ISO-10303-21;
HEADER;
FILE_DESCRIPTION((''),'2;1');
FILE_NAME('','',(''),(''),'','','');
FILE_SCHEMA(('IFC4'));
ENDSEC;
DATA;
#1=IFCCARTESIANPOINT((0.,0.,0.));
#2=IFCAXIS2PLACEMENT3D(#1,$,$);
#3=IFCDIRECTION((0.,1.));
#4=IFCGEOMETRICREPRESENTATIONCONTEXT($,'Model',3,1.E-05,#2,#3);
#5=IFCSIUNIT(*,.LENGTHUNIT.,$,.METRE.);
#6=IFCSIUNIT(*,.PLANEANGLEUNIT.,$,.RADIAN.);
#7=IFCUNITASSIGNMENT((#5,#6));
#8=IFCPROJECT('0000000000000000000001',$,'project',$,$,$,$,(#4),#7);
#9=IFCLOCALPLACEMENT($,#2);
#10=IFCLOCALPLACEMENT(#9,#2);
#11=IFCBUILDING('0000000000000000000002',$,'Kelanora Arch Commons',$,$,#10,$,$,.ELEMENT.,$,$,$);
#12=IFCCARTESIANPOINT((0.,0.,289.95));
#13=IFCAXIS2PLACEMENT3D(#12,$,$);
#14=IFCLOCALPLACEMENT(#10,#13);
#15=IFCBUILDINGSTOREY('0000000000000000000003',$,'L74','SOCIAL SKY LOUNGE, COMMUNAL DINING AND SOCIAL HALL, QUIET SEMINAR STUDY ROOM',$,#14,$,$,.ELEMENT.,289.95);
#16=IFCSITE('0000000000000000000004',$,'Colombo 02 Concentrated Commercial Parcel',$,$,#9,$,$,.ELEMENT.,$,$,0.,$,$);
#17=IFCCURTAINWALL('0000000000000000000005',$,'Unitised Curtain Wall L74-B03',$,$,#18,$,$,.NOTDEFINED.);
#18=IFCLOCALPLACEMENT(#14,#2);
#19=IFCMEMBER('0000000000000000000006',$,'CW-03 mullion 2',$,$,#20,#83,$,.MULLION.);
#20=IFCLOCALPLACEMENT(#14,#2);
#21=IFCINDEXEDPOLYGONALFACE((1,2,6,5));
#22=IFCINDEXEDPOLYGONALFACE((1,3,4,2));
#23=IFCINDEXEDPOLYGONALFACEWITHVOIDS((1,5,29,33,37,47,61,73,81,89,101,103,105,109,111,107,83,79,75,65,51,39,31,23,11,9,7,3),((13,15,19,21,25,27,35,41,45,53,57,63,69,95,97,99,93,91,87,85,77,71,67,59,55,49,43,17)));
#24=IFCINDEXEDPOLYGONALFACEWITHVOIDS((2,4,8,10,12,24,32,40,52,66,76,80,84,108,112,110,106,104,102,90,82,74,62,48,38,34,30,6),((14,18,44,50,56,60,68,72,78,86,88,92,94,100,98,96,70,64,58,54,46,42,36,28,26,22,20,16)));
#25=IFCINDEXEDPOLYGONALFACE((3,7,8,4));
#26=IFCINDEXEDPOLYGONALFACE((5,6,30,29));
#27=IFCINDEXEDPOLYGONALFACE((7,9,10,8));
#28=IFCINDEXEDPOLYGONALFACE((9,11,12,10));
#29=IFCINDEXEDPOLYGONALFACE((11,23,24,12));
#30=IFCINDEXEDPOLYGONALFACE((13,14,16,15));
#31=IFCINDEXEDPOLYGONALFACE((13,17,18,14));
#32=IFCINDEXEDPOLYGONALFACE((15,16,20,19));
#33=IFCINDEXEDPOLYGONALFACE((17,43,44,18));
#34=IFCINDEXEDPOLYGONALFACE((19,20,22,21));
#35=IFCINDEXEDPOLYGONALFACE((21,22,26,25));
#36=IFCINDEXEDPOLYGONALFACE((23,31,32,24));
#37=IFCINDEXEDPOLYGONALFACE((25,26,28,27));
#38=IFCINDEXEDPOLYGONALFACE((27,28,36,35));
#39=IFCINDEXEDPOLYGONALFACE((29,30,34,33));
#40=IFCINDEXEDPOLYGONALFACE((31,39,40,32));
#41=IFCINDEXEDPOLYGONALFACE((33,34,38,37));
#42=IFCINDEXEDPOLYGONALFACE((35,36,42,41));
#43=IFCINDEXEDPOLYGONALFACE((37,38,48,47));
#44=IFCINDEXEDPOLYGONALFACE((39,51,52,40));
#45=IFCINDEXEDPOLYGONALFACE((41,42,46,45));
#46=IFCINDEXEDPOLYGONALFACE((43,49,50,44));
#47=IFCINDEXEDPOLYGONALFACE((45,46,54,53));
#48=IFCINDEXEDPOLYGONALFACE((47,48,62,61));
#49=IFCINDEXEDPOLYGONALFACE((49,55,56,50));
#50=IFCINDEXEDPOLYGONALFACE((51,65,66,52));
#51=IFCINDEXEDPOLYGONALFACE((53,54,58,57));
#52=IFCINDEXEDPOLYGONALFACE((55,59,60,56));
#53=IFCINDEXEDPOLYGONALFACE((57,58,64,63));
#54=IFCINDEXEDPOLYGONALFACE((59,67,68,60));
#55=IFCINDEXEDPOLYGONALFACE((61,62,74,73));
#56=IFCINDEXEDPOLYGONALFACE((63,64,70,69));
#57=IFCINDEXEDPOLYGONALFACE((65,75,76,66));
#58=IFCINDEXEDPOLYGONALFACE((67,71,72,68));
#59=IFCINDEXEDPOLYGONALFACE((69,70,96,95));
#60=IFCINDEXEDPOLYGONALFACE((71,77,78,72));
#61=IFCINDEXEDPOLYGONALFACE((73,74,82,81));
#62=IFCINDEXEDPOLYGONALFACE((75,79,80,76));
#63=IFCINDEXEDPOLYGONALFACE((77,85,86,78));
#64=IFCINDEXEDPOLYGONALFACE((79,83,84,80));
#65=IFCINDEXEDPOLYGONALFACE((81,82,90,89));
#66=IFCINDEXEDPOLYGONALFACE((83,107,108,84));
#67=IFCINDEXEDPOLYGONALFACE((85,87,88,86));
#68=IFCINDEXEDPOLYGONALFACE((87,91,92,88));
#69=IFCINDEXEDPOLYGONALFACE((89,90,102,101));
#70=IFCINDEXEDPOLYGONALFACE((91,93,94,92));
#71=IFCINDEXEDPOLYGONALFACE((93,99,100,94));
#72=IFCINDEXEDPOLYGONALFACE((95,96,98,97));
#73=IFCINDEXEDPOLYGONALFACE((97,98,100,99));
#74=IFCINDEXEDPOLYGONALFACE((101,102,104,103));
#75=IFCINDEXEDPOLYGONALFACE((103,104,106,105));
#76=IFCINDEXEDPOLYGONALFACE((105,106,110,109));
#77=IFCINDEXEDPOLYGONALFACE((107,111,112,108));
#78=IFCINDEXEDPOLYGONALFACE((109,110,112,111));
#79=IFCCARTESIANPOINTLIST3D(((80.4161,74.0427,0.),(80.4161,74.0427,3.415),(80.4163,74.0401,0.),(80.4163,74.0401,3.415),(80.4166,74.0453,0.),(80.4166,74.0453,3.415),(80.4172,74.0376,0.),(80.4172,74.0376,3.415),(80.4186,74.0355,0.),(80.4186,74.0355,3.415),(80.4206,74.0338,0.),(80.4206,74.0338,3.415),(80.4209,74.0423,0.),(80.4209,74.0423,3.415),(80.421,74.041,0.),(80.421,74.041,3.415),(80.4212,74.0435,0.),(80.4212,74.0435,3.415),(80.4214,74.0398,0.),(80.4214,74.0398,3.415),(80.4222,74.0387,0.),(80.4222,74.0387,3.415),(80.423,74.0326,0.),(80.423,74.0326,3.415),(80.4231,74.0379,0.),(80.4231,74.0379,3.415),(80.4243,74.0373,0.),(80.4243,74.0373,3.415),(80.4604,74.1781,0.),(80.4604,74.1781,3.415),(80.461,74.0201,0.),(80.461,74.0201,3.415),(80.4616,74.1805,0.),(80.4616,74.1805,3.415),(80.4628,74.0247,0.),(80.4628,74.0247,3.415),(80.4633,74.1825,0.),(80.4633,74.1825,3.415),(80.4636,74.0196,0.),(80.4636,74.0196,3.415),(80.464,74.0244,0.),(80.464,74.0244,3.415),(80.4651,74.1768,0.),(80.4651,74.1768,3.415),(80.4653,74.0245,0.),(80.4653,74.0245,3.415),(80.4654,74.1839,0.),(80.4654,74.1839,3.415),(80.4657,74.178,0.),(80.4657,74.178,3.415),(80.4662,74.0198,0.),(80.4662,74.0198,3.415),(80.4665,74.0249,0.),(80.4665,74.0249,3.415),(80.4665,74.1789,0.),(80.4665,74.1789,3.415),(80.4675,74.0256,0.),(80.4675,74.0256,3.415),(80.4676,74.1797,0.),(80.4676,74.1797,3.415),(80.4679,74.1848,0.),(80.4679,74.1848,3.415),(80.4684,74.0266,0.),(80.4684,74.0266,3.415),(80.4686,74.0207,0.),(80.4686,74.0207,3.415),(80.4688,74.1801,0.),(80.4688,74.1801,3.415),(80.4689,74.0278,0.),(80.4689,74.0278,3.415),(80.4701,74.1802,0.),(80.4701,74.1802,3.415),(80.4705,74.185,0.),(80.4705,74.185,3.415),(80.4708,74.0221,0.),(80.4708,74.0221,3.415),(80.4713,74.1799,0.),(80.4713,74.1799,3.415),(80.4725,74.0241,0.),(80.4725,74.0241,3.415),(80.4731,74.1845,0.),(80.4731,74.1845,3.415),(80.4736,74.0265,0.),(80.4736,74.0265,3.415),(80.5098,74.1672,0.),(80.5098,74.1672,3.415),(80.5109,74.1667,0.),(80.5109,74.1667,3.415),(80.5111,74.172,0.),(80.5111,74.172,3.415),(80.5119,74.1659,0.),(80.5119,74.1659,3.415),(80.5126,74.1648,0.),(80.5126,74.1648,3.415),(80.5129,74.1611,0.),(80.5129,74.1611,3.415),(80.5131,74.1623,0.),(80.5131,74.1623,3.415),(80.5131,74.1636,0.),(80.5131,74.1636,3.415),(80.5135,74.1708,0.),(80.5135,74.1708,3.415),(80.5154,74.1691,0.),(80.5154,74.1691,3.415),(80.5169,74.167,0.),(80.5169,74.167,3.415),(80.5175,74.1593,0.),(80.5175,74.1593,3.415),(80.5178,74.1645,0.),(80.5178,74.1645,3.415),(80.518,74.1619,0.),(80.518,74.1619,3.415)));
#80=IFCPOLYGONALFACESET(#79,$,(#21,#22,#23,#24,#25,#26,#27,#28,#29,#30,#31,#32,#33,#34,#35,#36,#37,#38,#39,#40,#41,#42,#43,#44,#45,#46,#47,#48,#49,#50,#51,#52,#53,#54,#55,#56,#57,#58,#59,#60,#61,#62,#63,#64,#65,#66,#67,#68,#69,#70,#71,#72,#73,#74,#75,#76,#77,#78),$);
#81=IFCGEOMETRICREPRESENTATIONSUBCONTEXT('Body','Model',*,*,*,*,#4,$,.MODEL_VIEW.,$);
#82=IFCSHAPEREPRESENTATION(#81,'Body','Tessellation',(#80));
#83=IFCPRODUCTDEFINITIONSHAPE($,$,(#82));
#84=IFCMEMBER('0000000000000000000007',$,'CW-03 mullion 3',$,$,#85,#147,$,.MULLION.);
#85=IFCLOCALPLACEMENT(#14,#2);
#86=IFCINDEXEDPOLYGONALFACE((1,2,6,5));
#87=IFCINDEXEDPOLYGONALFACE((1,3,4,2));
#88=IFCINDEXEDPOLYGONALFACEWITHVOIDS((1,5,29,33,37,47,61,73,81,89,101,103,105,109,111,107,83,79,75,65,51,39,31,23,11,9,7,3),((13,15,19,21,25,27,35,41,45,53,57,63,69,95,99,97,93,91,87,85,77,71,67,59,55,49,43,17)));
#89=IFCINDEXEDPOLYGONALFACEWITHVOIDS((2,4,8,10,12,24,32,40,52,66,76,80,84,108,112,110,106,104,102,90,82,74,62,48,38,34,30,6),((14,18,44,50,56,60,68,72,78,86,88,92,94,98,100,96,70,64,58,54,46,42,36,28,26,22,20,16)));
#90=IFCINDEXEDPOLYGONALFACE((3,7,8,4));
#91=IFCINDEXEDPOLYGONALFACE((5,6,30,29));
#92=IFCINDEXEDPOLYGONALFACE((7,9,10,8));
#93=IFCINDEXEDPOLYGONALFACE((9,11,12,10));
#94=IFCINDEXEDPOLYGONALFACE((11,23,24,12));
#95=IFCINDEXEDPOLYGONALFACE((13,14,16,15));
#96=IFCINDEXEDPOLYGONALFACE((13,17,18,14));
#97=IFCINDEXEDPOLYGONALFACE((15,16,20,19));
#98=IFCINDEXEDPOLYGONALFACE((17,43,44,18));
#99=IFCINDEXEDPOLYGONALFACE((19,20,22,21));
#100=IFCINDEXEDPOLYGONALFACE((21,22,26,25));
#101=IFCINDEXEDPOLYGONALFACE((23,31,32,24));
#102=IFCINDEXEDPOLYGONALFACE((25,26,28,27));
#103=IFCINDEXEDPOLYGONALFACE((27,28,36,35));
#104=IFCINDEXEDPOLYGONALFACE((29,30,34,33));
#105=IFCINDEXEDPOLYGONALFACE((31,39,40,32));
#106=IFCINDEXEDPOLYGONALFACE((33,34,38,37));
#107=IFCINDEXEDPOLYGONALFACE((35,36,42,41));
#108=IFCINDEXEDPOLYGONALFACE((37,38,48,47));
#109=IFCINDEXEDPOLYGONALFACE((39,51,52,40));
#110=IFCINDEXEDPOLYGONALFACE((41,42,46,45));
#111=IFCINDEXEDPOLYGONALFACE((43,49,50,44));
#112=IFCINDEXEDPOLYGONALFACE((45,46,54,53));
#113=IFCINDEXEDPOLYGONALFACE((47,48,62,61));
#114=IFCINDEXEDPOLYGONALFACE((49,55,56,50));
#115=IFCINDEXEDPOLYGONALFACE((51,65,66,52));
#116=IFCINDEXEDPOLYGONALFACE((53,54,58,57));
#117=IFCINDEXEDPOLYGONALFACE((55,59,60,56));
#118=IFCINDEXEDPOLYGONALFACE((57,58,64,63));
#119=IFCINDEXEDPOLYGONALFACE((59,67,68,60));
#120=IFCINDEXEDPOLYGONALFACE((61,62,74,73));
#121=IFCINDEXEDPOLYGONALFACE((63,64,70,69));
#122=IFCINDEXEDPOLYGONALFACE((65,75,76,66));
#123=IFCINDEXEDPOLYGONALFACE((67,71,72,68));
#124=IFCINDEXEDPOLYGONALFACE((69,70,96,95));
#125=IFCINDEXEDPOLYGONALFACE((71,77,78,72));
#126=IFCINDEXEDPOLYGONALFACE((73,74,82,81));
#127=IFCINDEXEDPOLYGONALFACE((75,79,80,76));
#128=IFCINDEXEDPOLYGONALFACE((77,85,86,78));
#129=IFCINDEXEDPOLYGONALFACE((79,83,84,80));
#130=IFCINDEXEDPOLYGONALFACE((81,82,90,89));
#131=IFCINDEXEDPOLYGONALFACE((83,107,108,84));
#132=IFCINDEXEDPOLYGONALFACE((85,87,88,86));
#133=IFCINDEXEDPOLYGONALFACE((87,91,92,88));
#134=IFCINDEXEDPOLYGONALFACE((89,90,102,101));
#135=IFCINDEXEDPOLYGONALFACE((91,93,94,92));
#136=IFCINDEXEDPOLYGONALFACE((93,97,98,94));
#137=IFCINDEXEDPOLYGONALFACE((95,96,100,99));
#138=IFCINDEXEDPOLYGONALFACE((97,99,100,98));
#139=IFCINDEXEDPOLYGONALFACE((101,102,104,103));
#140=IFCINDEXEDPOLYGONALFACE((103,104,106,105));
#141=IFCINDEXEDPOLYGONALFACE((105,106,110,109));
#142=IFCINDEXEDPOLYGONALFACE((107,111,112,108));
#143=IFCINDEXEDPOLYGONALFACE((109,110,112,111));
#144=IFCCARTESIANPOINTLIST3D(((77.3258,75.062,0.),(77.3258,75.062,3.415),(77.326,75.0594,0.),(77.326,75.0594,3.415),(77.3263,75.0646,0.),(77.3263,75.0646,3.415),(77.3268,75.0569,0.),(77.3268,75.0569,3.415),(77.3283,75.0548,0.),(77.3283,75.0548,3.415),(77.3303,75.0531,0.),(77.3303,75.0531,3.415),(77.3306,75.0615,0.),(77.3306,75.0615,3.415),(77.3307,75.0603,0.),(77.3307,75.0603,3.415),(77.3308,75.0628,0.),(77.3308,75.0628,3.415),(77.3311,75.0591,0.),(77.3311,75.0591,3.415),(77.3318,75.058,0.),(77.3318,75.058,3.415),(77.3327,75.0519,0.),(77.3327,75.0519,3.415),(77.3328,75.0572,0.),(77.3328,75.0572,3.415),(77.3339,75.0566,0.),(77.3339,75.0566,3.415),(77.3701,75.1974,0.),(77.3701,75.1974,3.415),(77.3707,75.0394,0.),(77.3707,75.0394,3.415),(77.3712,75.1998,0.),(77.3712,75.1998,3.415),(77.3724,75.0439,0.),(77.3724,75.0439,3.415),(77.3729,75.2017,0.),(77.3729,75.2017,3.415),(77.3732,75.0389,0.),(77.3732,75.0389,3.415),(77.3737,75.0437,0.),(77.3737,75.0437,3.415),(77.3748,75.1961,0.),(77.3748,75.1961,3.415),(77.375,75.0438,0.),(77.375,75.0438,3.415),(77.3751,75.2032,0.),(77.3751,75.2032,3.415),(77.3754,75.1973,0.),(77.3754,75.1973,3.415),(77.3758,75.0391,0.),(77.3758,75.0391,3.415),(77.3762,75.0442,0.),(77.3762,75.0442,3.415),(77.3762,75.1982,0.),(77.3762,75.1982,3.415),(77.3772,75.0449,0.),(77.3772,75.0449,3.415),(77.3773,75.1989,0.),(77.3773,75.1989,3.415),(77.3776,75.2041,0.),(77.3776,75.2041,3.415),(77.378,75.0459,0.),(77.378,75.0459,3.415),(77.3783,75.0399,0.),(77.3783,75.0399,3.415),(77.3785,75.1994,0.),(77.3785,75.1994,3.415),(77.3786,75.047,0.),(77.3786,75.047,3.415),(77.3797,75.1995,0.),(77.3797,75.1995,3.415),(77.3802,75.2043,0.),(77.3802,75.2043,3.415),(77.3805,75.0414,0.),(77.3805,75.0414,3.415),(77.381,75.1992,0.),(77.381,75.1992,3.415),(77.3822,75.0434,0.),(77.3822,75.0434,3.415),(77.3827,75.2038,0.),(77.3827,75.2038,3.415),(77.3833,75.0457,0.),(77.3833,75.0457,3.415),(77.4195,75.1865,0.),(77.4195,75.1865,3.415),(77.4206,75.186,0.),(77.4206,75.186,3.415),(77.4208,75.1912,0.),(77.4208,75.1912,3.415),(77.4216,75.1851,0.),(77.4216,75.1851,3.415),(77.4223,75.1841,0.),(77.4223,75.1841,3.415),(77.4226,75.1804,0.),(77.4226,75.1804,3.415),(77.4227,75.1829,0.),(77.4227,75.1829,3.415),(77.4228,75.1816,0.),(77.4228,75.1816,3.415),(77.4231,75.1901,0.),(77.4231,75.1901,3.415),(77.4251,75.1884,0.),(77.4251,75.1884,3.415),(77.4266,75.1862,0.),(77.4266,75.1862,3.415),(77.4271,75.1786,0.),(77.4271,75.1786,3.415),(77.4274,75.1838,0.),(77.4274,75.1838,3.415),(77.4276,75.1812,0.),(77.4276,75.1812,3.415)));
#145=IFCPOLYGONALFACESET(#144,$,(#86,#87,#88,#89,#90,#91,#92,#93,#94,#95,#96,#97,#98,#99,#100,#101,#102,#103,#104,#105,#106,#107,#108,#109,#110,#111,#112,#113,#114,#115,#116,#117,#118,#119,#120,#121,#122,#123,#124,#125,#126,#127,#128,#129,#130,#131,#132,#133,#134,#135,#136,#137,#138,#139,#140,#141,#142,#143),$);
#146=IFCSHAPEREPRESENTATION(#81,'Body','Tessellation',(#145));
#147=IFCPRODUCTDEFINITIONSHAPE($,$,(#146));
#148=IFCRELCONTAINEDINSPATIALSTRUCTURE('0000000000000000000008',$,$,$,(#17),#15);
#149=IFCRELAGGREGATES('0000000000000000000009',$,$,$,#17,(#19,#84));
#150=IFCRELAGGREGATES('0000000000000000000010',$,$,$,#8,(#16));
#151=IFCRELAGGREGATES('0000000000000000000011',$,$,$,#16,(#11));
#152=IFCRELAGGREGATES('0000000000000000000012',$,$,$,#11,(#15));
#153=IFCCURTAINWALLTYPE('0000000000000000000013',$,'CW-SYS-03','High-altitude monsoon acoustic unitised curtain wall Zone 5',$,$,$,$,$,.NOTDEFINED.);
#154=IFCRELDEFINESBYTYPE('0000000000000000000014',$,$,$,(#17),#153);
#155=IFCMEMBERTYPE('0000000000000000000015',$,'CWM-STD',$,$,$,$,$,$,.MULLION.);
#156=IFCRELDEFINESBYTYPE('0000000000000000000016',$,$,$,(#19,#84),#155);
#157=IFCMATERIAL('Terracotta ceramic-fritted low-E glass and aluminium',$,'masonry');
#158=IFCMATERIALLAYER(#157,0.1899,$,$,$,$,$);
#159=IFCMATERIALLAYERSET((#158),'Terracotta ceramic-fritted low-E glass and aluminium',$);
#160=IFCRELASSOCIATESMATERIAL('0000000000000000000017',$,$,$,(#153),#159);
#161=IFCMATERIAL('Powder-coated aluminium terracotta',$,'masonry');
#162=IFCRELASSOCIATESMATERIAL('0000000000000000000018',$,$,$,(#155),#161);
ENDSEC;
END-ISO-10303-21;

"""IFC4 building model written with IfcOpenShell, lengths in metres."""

from ifc_helpers import new_model, si_unit, direction, frame, origin, origin_2d, place, context, subcontext, project, spatial, hollow_rectangle, extrude, material, layer, layer_set, material_profile, profile_set, type_object, element, aggregate, save


model = new_model("IFC4")

# Units and contexts
model_context = context("Model", 3, precision=1e-05, world=origin(), true_north=direction((0.0, 1.0)))
body_context = subcontext(model_context, "Body", "Model", "MODEL_VIEW")
ifc_project = project(units=[si_unit("LENGTHUNIT", "METRE"), si_unit("PLANEANGLEUNIT", "RADIAN")], contexts=[model_context])

# Site, building, storey
site_placement = place(None, origin())
site = spatial("IfcSite", under=ifc_project, at=site_placement, Name="Colombo 02 Concentrated Commercial Parcel", CompositionType="ELEMENT", RefElevation=0.0)
building_placement = place(site_placement, origin())
building = spatial("IfcBuilding", under=site, at=building_placement, Name="Kelanora Arch Commons", CompositionType="ELEMENT")
storey_placement = place(building_placement, frame((0.0, 0.0, 289.95)))
storey = spatial("IfcBuildingStorey", under=building, at=storey_placement, Name="L74", Description="SOCIAL SKY LOUNGE, COMMUNAL DINING AND SOCIAL HALL, QUIET SEMINAR STUDY ROOM", CompositionType="ELEMENT", Elevation=289.95)

# Curtain wall, members
ifc_material_1 = material(Name="Terracotta ceramic-fritted low-E glass and aluminium", Category="masonry")
ifc_layer_1 = layer(ifc_material_1, 0.1899)
ifc_layer_set_1 = layer_set([ifc_layer_1], Name="Terracotta ceramic-fritted low-E glass and aluminium")
curtain_wall_type = type_object("IfcCurtainWallType", Name="CW-SYS-03", Description="High-altitude monsoon acoustic unitised curtain wall Zone 5", PredefinedType="NOTDEFINED", material=ifc_layer_set_1)
curtain_wall_placement = place(storey_placement, origin())
curtain_wall = element("IfcCurtainWall", 1, at=curtain_wall_placement, inside=storey, type_object=curtain_wall_type, Name="Unitised Curtain Wall L74-B03", PredefinedType="NOTDEFINED")
ifc_material_2 = material(Name="Powder-coated aluminium terracotta", Category="masonry")
ifc_material_profile_1 = material_profile(ifc_material_2, hollow_rectangle(XDim=0.1599, YDim=0.0601, WallThickness=0.0049, InnerFilletRadius=0.0049, OuterFilletRadius=0.01, at=origin_2d()), Name="CWM160x60")
ifc_profile_set_1 = profile_set([ifc_material_profile_1], Name="Powder-coated aluminium terracotta")
member_type_1 = type_object("IfcMemberType", Name="CWM-STD", PredefinedType="MULLION", material=ifc_profile_set_1)
member_1_placement = place(storey_placement, frame((80.467, 74.1023, 0.0), z_axis=(0.0, 0.0, 1.0), x_axis=(-0.313253, -0.94967, 0.0)))
member_1 = element("IfcMember", 2, at=member_1_placement, type_object=member_type_1, Name="CW-03 mullion 2", PredefinedType="MULLION", context=body_context, shape_type="SweptSolid", body=[
    extrude(hollow_rectangle(XDim=0.1599, YDim=0.0601, WallThickness=0.0049, InnerFilletRadius=0.0049, OuterFilletRadius=0.01, at=origin_2d()), origin(), (0.0, 0.0, 1.0), 3.415),
])
member_2_placement = place(storey_placement, frame((77.3767, 75.1216, 0.0), z_axis=(0.0, 0.0, 1.0), x_axis=(-0.313253, -0.94967, 0.0)))
member_2 = element("IfcMember", 3, at=member_2_placement, type_object=member_type_1, Name="CW-03 mullion 3", PredefinedType="MULLION", context=body_context, shape_type="SweptSolid", body=[
    extrude(hollow_rectangle(XDim=0.1599, YDim=0.0601, WallThickness=0.0049, InnerFilletRadius=0.0049, OuterFilletRadius=0.01, at=origin_2d()), origin(), (0.0, 0.0, 1.0), 3.415),
])
aggregate(curtain_wall, [member_1, member_2])

save(model, "model.ifc")
